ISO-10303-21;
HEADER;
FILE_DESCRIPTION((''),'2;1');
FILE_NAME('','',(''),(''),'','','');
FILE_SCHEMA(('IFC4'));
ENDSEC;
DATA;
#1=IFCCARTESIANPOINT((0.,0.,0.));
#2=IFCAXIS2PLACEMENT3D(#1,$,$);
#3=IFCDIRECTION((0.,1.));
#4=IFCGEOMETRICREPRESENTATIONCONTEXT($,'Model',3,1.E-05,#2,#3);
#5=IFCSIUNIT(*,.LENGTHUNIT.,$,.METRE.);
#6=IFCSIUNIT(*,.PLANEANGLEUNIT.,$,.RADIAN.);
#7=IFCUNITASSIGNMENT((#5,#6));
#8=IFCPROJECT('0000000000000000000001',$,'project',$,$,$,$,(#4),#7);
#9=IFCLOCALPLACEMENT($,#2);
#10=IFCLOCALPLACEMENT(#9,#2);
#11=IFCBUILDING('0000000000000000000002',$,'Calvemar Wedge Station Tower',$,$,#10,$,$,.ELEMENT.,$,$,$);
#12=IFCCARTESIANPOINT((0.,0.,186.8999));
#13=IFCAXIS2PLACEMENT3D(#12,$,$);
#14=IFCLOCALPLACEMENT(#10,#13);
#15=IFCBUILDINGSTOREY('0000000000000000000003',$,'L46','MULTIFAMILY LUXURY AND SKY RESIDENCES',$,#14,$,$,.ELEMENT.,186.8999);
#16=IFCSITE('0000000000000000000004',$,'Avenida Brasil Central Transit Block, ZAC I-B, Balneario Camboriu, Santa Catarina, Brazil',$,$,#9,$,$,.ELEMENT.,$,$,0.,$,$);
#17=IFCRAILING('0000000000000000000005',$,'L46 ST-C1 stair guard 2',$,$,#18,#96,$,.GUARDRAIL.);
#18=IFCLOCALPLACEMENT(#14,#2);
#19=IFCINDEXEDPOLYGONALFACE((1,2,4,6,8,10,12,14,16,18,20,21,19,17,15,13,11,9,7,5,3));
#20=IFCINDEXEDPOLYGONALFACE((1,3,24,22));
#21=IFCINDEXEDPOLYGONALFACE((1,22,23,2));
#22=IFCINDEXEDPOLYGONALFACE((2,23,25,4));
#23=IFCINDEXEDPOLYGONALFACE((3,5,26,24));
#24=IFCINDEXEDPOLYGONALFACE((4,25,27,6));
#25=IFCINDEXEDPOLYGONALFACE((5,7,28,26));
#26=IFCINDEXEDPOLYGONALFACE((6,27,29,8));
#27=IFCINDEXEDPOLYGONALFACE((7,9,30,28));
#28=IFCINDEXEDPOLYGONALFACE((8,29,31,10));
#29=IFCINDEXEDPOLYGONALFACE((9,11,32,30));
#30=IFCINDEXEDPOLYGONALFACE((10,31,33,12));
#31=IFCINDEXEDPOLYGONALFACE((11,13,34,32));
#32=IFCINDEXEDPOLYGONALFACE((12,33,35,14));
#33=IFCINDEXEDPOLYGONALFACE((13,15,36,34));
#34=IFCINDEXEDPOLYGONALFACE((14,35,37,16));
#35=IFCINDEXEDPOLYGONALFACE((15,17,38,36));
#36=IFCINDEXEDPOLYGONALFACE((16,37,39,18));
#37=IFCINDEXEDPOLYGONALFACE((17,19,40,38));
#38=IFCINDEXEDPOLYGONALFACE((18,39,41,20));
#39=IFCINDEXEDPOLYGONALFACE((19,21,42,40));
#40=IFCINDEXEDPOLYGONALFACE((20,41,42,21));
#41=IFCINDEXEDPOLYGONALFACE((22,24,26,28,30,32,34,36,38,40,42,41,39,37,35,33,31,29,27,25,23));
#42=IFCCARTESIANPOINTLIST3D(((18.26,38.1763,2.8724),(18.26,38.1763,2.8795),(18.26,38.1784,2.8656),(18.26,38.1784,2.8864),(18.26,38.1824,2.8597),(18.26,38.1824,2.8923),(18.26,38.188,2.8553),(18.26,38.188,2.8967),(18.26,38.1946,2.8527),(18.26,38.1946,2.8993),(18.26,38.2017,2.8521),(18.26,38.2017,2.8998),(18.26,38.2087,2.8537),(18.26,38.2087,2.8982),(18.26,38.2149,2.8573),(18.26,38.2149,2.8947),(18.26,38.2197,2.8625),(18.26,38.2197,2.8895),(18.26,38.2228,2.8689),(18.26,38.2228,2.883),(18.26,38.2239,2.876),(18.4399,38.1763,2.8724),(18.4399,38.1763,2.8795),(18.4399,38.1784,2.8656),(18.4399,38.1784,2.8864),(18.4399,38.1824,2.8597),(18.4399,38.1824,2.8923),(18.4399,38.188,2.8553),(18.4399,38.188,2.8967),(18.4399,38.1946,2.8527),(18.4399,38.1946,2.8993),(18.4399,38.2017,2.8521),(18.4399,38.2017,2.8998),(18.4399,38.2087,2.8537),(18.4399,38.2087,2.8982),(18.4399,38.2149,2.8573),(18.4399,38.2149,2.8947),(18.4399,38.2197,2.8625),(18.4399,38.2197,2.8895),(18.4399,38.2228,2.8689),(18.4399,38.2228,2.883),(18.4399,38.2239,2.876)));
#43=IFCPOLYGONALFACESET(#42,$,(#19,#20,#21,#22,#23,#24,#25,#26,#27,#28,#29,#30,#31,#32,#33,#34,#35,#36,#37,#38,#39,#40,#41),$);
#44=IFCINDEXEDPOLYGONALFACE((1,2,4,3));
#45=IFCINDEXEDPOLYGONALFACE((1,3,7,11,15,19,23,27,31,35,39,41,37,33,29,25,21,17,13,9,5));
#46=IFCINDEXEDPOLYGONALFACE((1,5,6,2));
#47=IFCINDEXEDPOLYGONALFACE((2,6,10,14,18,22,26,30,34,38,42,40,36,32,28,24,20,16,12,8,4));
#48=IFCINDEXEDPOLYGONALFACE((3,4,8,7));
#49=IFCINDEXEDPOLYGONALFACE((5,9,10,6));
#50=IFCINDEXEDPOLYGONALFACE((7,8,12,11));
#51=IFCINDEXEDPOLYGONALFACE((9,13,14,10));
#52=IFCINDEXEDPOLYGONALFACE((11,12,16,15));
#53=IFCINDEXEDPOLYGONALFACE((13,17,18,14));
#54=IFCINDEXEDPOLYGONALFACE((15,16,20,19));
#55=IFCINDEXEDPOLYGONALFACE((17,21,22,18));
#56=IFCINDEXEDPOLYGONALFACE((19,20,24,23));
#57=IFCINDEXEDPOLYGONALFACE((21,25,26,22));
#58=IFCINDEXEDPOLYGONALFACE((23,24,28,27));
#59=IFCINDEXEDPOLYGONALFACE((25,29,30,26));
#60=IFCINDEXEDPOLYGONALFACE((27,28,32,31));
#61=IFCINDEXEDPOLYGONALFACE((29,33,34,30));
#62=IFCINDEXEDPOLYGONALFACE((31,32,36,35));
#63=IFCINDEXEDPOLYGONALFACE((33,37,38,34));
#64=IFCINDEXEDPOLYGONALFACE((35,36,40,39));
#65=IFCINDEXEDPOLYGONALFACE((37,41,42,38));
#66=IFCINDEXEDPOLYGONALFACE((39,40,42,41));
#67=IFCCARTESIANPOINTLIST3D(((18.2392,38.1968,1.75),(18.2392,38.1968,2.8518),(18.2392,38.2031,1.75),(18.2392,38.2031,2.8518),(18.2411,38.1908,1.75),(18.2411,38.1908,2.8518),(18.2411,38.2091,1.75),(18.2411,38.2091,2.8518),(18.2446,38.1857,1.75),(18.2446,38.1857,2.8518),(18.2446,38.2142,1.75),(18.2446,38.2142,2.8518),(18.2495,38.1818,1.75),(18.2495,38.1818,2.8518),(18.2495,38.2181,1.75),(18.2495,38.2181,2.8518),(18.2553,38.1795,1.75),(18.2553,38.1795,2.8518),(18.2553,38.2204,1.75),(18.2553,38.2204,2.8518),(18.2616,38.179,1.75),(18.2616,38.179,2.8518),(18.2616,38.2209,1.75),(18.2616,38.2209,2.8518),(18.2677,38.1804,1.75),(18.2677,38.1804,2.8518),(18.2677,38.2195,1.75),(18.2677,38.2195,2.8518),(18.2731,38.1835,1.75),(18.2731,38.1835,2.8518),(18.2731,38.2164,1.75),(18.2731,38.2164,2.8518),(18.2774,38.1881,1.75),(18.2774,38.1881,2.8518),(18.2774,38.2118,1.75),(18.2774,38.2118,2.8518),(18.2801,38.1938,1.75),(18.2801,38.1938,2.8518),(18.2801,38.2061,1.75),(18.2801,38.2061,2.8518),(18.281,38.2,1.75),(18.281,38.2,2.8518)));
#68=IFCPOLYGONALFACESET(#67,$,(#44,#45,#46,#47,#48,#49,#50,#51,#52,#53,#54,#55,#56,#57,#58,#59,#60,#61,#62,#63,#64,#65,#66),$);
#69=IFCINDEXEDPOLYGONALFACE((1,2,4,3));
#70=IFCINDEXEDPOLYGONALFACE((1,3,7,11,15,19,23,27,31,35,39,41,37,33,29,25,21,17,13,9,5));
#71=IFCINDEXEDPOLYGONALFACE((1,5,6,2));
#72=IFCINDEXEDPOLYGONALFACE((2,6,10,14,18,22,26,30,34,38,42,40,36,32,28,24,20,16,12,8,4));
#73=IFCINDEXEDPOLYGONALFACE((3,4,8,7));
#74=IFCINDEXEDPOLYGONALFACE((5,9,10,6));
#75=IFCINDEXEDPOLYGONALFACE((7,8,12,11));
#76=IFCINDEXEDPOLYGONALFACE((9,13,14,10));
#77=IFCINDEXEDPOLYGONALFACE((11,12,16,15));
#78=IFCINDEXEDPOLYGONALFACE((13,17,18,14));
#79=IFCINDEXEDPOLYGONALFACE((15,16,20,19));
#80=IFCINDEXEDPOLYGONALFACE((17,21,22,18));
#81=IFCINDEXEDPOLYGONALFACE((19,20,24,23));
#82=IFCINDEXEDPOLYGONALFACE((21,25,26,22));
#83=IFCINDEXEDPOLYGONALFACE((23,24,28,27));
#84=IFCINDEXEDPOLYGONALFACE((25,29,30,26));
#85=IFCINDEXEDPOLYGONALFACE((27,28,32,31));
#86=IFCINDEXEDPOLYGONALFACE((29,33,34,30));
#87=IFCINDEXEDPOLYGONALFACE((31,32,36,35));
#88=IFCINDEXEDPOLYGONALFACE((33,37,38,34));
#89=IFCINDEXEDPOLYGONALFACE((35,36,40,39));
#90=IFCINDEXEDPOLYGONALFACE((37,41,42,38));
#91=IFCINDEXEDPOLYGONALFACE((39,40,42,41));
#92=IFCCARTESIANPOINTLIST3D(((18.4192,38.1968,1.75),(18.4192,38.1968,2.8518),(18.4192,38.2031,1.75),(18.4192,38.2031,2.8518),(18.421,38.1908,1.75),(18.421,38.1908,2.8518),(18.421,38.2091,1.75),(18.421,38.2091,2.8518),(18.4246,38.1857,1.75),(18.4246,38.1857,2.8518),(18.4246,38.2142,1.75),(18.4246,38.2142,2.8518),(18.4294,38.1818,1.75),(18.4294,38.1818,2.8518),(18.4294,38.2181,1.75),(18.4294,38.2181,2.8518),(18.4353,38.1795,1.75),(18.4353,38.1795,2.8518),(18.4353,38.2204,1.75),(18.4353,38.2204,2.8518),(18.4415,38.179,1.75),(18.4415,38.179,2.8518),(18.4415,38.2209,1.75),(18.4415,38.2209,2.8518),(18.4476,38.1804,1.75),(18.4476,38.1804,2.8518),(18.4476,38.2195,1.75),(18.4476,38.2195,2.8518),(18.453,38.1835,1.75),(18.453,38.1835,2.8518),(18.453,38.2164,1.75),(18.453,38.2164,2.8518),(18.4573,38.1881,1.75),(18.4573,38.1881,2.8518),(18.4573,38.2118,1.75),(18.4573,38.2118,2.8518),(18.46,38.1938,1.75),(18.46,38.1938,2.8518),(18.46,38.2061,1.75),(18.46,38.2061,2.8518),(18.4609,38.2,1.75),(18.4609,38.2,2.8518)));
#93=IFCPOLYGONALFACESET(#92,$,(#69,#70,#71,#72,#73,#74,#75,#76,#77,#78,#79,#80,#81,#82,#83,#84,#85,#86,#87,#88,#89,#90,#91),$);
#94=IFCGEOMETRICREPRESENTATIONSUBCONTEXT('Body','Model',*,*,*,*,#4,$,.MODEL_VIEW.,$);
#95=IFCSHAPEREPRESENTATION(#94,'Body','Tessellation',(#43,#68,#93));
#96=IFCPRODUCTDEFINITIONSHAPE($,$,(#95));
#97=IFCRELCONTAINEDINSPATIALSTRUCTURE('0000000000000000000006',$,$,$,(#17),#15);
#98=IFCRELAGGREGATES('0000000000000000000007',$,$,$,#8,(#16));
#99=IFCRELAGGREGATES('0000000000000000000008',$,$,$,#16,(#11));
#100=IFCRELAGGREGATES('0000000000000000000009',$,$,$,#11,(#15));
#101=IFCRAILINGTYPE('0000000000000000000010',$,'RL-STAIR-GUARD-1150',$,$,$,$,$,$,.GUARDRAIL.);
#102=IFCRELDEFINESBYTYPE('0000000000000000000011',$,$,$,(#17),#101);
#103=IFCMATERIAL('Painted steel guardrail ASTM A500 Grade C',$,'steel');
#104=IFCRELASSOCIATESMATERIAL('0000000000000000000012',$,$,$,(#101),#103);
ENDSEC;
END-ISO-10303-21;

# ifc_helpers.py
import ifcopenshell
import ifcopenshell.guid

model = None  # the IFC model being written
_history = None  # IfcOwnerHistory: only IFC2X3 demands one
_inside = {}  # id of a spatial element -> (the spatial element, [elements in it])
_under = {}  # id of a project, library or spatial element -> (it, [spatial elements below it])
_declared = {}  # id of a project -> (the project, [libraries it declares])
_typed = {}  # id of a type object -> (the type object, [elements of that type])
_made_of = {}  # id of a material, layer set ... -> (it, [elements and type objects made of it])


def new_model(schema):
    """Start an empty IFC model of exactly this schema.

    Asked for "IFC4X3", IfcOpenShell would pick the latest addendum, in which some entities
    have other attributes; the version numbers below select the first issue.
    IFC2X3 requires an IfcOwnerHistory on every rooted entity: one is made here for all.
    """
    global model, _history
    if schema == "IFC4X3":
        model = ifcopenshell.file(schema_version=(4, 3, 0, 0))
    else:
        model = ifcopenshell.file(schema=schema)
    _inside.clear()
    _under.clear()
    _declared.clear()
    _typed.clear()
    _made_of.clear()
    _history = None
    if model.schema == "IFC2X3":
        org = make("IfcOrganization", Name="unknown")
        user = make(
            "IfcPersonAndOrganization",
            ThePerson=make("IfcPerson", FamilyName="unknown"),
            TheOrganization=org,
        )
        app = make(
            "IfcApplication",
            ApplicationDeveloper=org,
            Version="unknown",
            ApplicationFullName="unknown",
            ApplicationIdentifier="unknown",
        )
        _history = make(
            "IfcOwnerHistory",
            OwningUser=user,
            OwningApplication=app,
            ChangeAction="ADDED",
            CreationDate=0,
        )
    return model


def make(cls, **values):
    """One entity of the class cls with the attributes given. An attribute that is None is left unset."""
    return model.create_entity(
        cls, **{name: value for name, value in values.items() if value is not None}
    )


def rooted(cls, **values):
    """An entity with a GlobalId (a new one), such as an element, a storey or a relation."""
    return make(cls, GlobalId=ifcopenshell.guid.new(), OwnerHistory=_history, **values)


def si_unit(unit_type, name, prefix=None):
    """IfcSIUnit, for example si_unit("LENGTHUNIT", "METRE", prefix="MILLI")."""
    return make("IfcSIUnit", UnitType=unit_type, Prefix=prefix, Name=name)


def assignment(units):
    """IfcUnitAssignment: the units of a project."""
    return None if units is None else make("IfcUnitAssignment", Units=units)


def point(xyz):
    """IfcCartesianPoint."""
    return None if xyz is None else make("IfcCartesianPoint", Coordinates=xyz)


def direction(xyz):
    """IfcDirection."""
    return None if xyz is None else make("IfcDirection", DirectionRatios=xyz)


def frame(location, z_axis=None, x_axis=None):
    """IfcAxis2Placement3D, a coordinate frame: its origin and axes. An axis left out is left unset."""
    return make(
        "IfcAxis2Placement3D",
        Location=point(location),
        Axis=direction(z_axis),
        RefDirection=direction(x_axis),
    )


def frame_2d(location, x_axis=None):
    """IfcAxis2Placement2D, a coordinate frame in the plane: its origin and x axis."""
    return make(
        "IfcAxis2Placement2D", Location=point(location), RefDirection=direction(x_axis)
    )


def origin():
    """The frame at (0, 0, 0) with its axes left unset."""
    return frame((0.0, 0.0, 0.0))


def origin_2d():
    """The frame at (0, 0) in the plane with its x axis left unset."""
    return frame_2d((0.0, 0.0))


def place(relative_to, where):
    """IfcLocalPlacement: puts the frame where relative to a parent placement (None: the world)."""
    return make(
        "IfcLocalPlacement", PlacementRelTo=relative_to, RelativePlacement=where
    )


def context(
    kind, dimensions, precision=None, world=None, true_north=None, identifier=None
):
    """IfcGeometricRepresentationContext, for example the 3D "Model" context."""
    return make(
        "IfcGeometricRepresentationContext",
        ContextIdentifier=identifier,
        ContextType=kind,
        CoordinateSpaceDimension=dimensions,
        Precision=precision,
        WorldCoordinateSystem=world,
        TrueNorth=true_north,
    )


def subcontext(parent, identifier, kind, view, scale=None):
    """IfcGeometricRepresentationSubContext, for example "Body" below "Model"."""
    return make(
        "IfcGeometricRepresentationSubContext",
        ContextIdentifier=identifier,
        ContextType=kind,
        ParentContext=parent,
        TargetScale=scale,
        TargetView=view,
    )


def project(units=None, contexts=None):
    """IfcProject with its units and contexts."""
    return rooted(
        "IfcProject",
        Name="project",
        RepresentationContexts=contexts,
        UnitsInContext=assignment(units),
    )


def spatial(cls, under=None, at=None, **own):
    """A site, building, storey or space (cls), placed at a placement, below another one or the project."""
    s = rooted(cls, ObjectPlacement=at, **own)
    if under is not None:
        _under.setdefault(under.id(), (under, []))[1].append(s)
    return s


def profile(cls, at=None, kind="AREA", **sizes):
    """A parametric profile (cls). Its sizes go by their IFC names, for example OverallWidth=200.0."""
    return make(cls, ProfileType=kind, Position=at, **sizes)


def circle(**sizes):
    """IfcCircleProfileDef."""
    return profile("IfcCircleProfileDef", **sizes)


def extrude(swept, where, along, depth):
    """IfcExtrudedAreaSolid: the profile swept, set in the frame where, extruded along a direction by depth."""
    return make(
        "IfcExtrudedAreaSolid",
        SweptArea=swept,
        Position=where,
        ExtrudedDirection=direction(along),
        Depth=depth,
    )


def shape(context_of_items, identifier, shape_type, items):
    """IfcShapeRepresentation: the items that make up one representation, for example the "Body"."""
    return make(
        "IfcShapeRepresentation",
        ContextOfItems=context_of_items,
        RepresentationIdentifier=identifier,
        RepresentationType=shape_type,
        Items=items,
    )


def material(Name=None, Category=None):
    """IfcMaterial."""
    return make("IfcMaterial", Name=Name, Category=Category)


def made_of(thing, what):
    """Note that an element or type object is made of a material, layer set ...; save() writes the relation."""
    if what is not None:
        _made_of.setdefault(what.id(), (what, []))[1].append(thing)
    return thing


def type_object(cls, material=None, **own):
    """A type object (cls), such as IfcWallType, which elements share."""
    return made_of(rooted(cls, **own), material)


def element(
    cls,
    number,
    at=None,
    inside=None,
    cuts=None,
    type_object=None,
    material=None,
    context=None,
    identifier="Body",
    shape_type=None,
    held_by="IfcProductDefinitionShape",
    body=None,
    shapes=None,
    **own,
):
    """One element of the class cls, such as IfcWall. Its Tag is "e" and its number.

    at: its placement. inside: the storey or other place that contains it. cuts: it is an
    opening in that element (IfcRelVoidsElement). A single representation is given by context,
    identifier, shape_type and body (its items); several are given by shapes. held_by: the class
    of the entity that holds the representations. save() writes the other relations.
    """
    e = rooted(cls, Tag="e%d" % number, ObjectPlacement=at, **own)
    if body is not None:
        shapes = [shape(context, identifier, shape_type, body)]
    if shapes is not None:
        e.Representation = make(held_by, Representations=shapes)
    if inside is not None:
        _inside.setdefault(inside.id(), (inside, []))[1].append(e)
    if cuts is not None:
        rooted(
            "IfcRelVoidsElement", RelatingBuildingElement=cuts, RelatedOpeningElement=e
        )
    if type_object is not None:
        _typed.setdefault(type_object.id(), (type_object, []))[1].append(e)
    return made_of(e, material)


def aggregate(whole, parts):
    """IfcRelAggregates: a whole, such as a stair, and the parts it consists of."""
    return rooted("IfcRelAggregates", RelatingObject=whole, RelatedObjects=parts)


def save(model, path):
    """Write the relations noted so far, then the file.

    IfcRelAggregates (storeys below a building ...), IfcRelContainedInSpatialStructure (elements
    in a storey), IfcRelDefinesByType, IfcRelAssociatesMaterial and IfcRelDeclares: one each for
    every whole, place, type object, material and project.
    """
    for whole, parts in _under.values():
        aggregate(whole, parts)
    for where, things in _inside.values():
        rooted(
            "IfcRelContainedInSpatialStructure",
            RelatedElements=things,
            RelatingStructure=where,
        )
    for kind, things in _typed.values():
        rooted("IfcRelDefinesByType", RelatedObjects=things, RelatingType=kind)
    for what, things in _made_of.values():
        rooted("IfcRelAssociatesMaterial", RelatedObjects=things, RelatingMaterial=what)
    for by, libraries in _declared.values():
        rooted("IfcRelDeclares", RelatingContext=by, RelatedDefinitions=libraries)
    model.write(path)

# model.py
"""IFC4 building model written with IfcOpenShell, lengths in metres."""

from ifc_helpers import new_model, si_unit, direction, frame, origin, origin_2d, place, context, subcontext, project, spatial, circle, extrude, material, type_object, element, save


model = new_model("IFC4")

# Units and contexts
model_context = context("Model", 3, precision=1e-05, world=origin(), true_north=direction((0.0, 1.0)))
body_context = subcontext(model_context, "Body", "Model", "MODEL_VIEW")
ifc_project = project(units=[si_unit("LENGTHUNIT", "METRE"), si_unit("PLANEANGLEUNIT", "RADIAN")], contexts=[model_context])

# Site, building, storey
site_placement = place(None, origin())
site = spatial("IfcSite", under=ifc_project, at=site_placement, Name="Avenida Brasil Central Transit Block, ZAC I-B, Balneario Camboriu, Santa Catarina, Brazil", CompositionType="ELEMENT", RefElevation=0.0)
building_placement = place(site_placement, origin())
building = spatial("IfcBuilding", under=site, at=building_placement, Name="Calvemar Wedge Station Tower", CompositionType="ELEMENT")
storey_placement = place(building_placement, frame((0.0, 0.0, 186.8999)))
storey = spatial("IfcBuildingStorey", under=building, at=storey_placement, Name="L46", Description="MULTIFAMILY LUXURY AND SKY RESIDENCES", CompositionType="ELEMENT", Elevation=186.8999)

# Railing
ifc_material_1 = material(Name="Painted steel guardrail ASTM A500 Grade C", Category="steel")
railing_type_1 = type_object("IfcRailingType", Name="RL-STAIR-GUARD-1150", PredefinedType="GUARDRAIL", material=ifc_material_1)
railing_1_placement = place(storey_placement, frame((18.26, 38.2, 1.75)))
element("IfcRailing", 1, at=railing_1_placement, inside=storey, type_object=railing_type_1, Name="L46 ST-C1 stair guard 2", PredefinedType="GUARDRAIL", context=body_context, shape_type="SweptSolid", body=[
    extrude(circle(Radius=0.0239, at=origin_2d()), frame((0.0, 0.0, 1.126), z_axis=(1.0, 0.0, 0.0), x_axis=(0.0, 1.0, 0.0)), (0.0, 0.0, 1.0), 0.1799),
    extrude(circle(Radius=0.021, at=origin_2d()), origin(), (0.0, 0.0, 1.0), 1.1018),
    extrude(circle(Radius=0.021, at=origin_2d()), frame((0.1799, 0.0, 0.0)), (0.0, 0.0, 1.0), 1.1018),
])

save(model, "model.ifc")
